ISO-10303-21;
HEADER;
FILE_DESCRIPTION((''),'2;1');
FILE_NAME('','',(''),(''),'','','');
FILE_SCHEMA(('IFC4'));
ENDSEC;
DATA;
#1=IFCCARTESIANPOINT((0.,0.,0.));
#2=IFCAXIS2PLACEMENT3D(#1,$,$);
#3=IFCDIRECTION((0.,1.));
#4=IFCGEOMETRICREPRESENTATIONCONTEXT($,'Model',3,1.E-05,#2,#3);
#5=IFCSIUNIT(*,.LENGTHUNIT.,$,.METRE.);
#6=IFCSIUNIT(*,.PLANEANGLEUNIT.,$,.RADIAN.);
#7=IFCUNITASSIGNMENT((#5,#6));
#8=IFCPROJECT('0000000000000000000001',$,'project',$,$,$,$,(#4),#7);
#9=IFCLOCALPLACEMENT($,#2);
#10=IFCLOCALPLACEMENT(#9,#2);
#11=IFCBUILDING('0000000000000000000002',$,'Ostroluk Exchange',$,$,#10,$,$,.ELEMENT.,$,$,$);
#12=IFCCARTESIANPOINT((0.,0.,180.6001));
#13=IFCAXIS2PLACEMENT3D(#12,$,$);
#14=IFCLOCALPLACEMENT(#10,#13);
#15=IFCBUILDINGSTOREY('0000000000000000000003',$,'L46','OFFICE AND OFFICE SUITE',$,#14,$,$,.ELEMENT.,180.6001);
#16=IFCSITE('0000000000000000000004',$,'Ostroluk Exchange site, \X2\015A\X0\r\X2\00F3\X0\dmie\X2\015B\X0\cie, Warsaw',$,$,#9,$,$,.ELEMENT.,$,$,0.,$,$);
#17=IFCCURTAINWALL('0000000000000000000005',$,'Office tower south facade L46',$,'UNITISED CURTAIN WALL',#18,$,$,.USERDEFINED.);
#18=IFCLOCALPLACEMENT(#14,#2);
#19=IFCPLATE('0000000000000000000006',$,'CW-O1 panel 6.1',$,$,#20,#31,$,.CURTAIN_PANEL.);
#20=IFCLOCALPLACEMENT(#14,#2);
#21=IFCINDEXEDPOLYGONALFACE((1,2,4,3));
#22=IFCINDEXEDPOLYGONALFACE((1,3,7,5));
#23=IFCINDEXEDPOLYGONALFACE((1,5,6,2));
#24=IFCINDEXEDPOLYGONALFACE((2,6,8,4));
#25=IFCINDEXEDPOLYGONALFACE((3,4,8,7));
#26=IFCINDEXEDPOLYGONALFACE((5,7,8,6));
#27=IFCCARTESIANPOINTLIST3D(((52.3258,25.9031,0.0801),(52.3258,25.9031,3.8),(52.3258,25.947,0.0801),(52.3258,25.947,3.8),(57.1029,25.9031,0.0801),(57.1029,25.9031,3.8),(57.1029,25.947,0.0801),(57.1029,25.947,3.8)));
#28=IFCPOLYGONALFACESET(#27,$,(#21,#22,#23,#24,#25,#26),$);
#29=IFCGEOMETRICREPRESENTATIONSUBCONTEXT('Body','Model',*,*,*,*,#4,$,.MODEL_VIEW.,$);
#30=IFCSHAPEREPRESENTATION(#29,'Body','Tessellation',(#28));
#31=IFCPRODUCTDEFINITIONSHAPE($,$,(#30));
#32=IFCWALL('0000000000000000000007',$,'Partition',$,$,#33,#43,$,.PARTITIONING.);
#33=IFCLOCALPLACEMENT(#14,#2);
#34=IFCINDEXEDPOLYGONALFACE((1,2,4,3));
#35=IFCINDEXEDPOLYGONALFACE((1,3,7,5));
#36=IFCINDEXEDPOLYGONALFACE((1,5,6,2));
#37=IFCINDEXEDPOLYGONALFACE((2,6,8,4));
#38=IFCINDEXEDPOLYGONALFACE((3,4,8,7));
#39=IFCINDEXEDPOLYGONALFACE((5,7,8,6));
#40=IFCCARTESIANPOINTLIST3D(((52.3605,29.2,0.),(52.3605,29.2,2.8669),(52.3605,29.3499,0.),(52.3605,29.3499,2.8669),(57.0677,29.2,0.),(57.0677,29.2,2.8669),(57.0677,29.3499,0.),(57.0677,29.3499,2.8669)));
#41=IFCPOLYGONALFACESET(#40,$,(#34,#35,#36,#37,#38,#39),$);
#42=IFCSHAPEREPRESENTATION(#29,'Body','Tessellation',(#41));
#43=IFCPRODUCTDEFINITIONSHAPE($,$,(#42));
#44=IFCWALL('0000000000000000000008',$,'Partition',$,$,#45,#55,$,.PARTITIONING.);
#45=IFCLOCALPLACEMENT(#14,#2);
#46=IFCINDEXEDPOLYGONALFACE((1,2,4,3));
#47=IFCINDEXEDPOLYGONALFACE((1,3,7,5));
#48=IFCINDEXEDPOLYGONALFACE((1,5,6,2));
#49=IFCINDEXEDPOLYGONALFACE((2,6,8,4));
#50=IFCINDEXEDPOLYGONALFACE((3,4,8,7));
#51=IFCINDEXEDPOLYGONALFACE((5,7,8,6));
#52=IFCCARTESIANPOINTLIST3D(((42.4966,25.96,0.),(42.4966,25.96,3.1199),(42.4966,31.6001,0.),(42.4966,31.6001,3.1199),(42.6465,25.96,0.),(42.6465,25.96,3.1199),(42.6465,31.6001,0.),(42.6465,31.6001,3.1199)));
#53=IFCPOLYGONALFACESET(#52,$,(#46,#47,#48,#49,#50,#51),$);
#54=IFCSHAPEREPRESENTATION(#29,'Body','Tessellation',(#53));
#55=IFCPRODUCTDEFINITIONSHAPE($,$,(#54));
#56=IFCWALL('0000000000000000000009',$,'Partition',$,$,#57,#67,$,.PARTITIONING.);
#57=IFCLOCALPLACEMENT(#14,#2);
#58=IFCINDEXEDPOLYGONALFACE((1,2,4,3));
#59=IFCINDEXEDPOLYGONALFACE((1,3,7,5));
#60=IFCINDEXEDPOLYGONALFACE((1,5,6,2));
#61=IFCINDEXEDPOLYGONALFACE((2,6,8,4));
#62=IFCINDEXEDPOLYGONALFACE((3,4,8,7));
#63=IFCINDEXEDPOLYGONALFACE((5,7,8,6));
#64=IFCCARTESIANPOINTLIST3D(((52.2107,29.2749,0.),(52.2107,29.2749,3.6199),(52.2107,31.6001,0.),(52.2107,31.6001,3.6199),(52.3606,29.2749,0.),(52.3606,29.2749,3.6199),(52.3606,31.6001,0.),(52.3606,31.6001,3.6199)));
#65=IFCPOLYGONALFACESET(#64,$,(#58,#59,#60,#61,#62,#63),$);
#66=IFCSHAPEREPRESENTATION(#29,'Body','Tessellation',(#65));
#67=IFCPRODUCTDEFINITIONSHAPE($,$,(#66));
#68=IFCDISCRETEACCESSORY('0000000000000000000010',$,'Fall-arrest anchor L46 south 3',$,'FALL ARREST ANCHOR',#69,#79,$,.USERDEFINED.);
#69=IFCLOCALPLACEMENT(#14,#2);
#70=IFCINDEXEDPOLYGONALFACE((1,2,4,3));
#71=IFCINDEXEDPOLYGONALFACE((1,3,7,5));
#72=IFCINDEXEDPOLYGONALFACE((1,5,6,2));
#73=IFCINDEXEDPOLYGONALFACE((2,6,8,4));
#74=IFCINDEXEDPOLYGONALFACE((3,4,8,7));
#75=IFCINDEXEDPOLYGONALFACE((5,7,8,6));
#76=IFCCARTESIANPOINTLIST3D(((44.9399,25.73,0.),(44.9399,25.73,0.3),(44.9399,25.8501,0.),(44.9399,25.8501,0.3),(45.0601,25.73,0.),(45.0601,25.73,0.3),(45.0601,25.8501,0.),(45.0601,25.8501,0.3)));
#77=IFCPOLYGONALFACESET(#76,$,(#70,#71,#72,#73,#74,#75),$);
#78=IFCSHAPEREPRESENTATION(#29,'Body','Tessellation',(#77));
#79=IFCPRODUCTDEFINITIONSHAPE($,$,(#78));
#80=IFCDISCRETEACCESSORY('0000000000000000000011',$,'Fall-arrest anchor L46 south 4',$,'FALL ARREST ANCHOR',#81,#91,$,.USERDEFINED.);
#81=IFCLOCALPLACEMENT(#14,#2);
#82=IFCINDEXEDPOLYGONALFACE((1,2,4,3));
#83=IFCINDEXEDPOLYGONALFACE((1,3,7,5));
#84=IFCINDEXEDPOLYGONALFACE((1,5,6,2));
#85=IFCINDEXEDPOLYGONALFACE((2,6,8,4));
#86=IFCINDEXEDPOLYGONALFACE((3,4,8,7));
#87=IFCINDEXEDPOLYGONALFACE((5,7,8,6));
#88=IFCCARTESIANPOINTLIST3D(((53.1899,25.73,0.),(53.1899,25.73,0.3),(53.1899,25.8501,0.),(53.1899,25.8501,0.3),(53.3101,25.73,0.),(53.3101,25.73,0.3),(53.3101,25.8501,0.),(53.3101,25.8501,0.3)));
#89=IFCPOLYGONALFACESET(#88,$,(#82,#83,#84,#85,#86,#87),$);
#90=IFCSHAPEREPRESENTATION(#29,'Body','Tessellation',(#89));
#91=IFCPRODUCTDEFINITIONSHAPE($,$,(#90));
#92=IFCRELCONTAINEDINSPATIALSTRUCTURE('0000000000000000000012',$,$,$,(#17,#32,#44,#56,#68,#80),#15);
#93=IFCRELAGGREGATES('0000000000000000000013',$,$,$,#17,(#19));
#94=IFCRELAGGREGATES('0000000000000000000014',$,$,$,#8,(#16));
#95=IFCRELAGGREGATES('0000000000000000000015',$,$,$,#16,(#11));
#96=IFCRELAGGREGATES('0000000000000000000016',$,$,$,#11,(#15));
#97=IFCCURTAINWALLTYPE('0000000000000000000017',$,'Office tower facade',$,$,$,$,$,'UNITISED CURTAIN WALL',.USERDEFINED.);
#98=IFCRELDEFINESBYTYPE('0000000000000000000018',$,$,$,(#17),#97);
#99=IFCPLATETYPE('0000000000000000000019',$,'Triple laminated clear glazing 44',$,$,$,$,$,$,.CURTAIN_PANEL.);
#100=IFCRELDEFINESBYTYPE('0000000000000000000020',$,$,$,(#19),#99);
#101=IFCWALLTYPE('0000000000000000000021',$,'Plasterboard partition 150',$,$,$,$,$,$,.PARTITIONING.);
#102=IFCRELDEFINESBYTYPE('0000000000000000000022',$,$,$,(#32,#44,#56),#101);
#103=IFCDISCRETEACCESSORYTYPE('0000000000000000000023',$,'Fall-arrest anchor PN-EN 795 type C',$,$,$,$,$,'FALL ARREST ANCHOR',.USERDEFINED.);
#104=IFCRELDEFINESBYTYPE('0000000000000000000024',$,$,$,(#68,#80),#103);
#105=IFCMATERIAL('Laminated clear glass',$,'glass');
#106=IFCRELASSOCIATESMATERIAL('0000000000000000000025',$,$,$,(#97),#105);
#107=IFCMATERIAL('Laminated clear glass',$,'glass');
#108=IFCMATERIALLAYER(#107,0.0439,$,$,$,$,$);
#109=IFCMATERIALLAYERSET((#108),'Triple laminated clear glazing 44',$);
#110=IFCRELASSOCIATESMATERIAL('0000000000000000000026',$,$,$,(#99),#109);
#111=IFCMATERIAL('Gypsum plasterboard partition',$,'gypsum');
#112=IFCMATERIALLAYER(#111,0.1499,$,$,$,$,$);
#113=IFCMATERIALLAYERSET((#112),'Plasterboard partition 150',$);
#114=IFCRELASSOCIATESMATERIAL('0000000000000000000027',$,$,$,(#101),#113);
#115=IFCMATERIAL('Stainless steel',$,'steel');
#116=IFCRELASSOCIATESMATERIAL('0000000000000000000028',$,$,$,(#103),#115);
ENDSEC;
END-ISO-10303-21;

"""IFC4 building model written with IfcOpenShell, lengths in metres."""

from ifc_helpers import new_model, si_unit, direction, frame, frame_2d, origin, origin_2d, place, context, subcontext, project, spatial, rectangle, extrude, material, layer, layer_set, type_object, element, aggregate, save


model = new_model("IFC4")

# Units and contexts
model_context = context("Model", 3, precision=1e-05, world=origin(), true_north=direction((0.0, 1.0)))
body_context = subcontext(model_context, "Body", "Model", "MODEL_VIEW")
ifc_project = project(units=[si_unit("LENGTHUNIT", "METRE"), si_unit("PLANEANGLEUNIT", "RADIAN")], contexts=[model_context])

# Site, building, storey
site_placement = place(None, origin())
site = spatial("IfcSite", under=ifc_project, at=site_placement, Name="Ostroluk Exchange site, Śródmieście, Warsaw", CompositionType="ELEMENT", RefElevation=0.0)
building_placement = place(site_placement, origin())
building = spatial("IfcBuilding", under=site, at=building_placement, Name="Ostroluk Exchange", CompositionType="ELEMENT")
storey_placement = place(building_placement, frame((0.0, 0.0, 180.6001)))
storey = spatial("IfcBuildingStorey", under=building, at=storey_placement, Name="L46", Description="OFFICE AND OFFICE SUITE", CompositionType="ELEMENT", Elevation=180.6001)

# Curtain wall, plate
ifc_material_1 = material(Name="Laminated clear glass", Category="glass")
curtain_wall_type = type_object("IfcCurtainWallType", Name="Office tower facade", ElementType="UNITISED CURTAIN WALL", PredefinedType="USERDEFINED", material=ifc_material_1)
curtain_wall_placement = place(storey_placement, origin())
curtain_wall = element("IfcCurtainWall", 1, at=curtain_wall_placement, inside=storey, type_object=curtain_wall_type, Name="Office tower south facade L46", ObjectType="UNITISED CURTAIN WALL", PredefinedType="USERDEFINED")
ifc_material_2 = material(Name="Laminated clear glass", Category="glass")
ifc_layer_1 = layer(ifc_material_2, 0.0439)
ifc_layer_set_1 = layer_set([ifc_layer_1], Name="Triple laminated clear glazing 44")
plate_type = type_object("IfcPlateType", Name="Triple laminated clear glazing 44", PredefinedType="CURTAIN_PANEL", material=ifc_layer_set_1)
plate_1_placement = place(storey_placement, frame((54.7144, 25.925, 0.0801), z_axis=(0.0, 0.0, 1.0), x_axis=(1.0, 0.0, 0.0)))
plate_1 = element("IfcPlate", 2, at=plate_1_placement, type_object=plate_type, Name="CW-O1 panel 6.1", PredefinedType="CURTAIN_PANEL", context=body_context, shape_type="SweptSolid", body=[
    extrude(rectangle(XDim=4.7771, YDim=0.0439, at=origin_2d()), origin(), (0.0, 0.0, 1.0), 3.72),
])
aggregate(curtain_wall, [plate_1])

# Walls
ifc_material_3 = material(Name="Gypsum plasterboard partition", Category="gypsum")
ifc_layer_2 = layer(ifc_material_3, 0.1499)
ifc_layer_set_2 = layer_set([ifc_layer_2], Name="Plasterboard partition 150")
wall_type = type_object("IfcWallType", Name="Plasterboard partition 150", PredefinedType="PARTITIONING", material=ifc_layer_set_2)
wall_1_placement = place(storey_placement, frame((52.3606, 29.2749, 0.0), z_axis=(0.0, 0.0, 1.0), x_axis=(1.0, 0.0, 0.0)))
element("IfcWall", 3, at=wall_1_placement, inside=storey, type_object=wall_type, Name="Partition", PredefinedType="PARTITIONING", context=body_context, shape_type="SweptSolid", body=[
    extrude(rectangle(XDim=4.7073, YDim=0.1499, at=frame_2d((2.3535, 0.0))), origin(), (0.0, 0.0, 1.0), 2.8669),
])
wall_2_placement = place(storey_placement, frame((42.5715, 31.6001, 0.0), z_axis=(0.0, 0.0, 1.0), x_axis=(0.0, -1.0, 0.0)))
element("IfcWall", 4, at=wall_2_placement, inside=storey, type_object=wall_type, Name="Partition", PredefinedType="PARTITIONING", context=body_context, shape_type="SweptSolid", body=[
    extrude(rectangle(XDim=5.6401, YDim=0.1499, at=frame_2d((2.8201, 0.0))), origin(), (0.0, 0.0, 1.0), 3.1199),
])
wall_3_placement = place(storey_placement, frame((52.2856, 31.6001, 0.0), z_axis=(0.0, 0.0, 1.0), x_axis=(0.0, -1.0, 0.0)))
element("IfcWall", 5, at=wall_3_placement, inside=storey, type_object=wall_type, Name="Partition", PredefinedType="PARTITIONING", context=body_context, shape_type="SweptSolid", body=[
    extrude(rectangle(XDim=2.3252, YDim=0.1499, at=frame_2d((1.1626, 0.0))), origin(), (0.0, 0.0, 1.0), 3.6199),
])

# Discrete accessories
ifc_material_4 = material(Name="Stainless steel", Category="steel")
discrete_accessory_type = type_object("IfcDiscreteAccessoryType", Name="Fall-arrest anchor PN-EN 795 type C", ElementType="FALL ARREST ANCHOR", PredefinedType="USERDEFINED", material=ifc_material_4)
for number, where, z_axis, x_axis, name in (
    (6, (45.0, 25.79, 0.0), (0.0, 0.0, 1.0), (1.0, 0.0, 0.0), "Fall-arrest anchor L46 south 3"),
    (7, (53.25, 25.79, 0.0), (0.0, 0.0, 1.0), (1.0, 0.0, 0.0), "Fall-arrest anchor L46 south 4"),
):
    element("IfcDiscreteAccessory", number, at=place(storey_placement, frame(where, z_axis=z_axis, x_axis=x_axis)), inside=storey, type_object=discrete_accessory_type, Name=name, ObjectType="FALL ARREST ANCHOR", PredefinedType="USERDEFINED", context=body_context, shape_type="SweptSolid", body=[
        extrude(rectangle(XDim=0.1201, YDim=0.1201, at=origin_2d()), origin(), (0.0, 0.0, 1.0), 0.3),
    ])

save(model, "model.ifc")
